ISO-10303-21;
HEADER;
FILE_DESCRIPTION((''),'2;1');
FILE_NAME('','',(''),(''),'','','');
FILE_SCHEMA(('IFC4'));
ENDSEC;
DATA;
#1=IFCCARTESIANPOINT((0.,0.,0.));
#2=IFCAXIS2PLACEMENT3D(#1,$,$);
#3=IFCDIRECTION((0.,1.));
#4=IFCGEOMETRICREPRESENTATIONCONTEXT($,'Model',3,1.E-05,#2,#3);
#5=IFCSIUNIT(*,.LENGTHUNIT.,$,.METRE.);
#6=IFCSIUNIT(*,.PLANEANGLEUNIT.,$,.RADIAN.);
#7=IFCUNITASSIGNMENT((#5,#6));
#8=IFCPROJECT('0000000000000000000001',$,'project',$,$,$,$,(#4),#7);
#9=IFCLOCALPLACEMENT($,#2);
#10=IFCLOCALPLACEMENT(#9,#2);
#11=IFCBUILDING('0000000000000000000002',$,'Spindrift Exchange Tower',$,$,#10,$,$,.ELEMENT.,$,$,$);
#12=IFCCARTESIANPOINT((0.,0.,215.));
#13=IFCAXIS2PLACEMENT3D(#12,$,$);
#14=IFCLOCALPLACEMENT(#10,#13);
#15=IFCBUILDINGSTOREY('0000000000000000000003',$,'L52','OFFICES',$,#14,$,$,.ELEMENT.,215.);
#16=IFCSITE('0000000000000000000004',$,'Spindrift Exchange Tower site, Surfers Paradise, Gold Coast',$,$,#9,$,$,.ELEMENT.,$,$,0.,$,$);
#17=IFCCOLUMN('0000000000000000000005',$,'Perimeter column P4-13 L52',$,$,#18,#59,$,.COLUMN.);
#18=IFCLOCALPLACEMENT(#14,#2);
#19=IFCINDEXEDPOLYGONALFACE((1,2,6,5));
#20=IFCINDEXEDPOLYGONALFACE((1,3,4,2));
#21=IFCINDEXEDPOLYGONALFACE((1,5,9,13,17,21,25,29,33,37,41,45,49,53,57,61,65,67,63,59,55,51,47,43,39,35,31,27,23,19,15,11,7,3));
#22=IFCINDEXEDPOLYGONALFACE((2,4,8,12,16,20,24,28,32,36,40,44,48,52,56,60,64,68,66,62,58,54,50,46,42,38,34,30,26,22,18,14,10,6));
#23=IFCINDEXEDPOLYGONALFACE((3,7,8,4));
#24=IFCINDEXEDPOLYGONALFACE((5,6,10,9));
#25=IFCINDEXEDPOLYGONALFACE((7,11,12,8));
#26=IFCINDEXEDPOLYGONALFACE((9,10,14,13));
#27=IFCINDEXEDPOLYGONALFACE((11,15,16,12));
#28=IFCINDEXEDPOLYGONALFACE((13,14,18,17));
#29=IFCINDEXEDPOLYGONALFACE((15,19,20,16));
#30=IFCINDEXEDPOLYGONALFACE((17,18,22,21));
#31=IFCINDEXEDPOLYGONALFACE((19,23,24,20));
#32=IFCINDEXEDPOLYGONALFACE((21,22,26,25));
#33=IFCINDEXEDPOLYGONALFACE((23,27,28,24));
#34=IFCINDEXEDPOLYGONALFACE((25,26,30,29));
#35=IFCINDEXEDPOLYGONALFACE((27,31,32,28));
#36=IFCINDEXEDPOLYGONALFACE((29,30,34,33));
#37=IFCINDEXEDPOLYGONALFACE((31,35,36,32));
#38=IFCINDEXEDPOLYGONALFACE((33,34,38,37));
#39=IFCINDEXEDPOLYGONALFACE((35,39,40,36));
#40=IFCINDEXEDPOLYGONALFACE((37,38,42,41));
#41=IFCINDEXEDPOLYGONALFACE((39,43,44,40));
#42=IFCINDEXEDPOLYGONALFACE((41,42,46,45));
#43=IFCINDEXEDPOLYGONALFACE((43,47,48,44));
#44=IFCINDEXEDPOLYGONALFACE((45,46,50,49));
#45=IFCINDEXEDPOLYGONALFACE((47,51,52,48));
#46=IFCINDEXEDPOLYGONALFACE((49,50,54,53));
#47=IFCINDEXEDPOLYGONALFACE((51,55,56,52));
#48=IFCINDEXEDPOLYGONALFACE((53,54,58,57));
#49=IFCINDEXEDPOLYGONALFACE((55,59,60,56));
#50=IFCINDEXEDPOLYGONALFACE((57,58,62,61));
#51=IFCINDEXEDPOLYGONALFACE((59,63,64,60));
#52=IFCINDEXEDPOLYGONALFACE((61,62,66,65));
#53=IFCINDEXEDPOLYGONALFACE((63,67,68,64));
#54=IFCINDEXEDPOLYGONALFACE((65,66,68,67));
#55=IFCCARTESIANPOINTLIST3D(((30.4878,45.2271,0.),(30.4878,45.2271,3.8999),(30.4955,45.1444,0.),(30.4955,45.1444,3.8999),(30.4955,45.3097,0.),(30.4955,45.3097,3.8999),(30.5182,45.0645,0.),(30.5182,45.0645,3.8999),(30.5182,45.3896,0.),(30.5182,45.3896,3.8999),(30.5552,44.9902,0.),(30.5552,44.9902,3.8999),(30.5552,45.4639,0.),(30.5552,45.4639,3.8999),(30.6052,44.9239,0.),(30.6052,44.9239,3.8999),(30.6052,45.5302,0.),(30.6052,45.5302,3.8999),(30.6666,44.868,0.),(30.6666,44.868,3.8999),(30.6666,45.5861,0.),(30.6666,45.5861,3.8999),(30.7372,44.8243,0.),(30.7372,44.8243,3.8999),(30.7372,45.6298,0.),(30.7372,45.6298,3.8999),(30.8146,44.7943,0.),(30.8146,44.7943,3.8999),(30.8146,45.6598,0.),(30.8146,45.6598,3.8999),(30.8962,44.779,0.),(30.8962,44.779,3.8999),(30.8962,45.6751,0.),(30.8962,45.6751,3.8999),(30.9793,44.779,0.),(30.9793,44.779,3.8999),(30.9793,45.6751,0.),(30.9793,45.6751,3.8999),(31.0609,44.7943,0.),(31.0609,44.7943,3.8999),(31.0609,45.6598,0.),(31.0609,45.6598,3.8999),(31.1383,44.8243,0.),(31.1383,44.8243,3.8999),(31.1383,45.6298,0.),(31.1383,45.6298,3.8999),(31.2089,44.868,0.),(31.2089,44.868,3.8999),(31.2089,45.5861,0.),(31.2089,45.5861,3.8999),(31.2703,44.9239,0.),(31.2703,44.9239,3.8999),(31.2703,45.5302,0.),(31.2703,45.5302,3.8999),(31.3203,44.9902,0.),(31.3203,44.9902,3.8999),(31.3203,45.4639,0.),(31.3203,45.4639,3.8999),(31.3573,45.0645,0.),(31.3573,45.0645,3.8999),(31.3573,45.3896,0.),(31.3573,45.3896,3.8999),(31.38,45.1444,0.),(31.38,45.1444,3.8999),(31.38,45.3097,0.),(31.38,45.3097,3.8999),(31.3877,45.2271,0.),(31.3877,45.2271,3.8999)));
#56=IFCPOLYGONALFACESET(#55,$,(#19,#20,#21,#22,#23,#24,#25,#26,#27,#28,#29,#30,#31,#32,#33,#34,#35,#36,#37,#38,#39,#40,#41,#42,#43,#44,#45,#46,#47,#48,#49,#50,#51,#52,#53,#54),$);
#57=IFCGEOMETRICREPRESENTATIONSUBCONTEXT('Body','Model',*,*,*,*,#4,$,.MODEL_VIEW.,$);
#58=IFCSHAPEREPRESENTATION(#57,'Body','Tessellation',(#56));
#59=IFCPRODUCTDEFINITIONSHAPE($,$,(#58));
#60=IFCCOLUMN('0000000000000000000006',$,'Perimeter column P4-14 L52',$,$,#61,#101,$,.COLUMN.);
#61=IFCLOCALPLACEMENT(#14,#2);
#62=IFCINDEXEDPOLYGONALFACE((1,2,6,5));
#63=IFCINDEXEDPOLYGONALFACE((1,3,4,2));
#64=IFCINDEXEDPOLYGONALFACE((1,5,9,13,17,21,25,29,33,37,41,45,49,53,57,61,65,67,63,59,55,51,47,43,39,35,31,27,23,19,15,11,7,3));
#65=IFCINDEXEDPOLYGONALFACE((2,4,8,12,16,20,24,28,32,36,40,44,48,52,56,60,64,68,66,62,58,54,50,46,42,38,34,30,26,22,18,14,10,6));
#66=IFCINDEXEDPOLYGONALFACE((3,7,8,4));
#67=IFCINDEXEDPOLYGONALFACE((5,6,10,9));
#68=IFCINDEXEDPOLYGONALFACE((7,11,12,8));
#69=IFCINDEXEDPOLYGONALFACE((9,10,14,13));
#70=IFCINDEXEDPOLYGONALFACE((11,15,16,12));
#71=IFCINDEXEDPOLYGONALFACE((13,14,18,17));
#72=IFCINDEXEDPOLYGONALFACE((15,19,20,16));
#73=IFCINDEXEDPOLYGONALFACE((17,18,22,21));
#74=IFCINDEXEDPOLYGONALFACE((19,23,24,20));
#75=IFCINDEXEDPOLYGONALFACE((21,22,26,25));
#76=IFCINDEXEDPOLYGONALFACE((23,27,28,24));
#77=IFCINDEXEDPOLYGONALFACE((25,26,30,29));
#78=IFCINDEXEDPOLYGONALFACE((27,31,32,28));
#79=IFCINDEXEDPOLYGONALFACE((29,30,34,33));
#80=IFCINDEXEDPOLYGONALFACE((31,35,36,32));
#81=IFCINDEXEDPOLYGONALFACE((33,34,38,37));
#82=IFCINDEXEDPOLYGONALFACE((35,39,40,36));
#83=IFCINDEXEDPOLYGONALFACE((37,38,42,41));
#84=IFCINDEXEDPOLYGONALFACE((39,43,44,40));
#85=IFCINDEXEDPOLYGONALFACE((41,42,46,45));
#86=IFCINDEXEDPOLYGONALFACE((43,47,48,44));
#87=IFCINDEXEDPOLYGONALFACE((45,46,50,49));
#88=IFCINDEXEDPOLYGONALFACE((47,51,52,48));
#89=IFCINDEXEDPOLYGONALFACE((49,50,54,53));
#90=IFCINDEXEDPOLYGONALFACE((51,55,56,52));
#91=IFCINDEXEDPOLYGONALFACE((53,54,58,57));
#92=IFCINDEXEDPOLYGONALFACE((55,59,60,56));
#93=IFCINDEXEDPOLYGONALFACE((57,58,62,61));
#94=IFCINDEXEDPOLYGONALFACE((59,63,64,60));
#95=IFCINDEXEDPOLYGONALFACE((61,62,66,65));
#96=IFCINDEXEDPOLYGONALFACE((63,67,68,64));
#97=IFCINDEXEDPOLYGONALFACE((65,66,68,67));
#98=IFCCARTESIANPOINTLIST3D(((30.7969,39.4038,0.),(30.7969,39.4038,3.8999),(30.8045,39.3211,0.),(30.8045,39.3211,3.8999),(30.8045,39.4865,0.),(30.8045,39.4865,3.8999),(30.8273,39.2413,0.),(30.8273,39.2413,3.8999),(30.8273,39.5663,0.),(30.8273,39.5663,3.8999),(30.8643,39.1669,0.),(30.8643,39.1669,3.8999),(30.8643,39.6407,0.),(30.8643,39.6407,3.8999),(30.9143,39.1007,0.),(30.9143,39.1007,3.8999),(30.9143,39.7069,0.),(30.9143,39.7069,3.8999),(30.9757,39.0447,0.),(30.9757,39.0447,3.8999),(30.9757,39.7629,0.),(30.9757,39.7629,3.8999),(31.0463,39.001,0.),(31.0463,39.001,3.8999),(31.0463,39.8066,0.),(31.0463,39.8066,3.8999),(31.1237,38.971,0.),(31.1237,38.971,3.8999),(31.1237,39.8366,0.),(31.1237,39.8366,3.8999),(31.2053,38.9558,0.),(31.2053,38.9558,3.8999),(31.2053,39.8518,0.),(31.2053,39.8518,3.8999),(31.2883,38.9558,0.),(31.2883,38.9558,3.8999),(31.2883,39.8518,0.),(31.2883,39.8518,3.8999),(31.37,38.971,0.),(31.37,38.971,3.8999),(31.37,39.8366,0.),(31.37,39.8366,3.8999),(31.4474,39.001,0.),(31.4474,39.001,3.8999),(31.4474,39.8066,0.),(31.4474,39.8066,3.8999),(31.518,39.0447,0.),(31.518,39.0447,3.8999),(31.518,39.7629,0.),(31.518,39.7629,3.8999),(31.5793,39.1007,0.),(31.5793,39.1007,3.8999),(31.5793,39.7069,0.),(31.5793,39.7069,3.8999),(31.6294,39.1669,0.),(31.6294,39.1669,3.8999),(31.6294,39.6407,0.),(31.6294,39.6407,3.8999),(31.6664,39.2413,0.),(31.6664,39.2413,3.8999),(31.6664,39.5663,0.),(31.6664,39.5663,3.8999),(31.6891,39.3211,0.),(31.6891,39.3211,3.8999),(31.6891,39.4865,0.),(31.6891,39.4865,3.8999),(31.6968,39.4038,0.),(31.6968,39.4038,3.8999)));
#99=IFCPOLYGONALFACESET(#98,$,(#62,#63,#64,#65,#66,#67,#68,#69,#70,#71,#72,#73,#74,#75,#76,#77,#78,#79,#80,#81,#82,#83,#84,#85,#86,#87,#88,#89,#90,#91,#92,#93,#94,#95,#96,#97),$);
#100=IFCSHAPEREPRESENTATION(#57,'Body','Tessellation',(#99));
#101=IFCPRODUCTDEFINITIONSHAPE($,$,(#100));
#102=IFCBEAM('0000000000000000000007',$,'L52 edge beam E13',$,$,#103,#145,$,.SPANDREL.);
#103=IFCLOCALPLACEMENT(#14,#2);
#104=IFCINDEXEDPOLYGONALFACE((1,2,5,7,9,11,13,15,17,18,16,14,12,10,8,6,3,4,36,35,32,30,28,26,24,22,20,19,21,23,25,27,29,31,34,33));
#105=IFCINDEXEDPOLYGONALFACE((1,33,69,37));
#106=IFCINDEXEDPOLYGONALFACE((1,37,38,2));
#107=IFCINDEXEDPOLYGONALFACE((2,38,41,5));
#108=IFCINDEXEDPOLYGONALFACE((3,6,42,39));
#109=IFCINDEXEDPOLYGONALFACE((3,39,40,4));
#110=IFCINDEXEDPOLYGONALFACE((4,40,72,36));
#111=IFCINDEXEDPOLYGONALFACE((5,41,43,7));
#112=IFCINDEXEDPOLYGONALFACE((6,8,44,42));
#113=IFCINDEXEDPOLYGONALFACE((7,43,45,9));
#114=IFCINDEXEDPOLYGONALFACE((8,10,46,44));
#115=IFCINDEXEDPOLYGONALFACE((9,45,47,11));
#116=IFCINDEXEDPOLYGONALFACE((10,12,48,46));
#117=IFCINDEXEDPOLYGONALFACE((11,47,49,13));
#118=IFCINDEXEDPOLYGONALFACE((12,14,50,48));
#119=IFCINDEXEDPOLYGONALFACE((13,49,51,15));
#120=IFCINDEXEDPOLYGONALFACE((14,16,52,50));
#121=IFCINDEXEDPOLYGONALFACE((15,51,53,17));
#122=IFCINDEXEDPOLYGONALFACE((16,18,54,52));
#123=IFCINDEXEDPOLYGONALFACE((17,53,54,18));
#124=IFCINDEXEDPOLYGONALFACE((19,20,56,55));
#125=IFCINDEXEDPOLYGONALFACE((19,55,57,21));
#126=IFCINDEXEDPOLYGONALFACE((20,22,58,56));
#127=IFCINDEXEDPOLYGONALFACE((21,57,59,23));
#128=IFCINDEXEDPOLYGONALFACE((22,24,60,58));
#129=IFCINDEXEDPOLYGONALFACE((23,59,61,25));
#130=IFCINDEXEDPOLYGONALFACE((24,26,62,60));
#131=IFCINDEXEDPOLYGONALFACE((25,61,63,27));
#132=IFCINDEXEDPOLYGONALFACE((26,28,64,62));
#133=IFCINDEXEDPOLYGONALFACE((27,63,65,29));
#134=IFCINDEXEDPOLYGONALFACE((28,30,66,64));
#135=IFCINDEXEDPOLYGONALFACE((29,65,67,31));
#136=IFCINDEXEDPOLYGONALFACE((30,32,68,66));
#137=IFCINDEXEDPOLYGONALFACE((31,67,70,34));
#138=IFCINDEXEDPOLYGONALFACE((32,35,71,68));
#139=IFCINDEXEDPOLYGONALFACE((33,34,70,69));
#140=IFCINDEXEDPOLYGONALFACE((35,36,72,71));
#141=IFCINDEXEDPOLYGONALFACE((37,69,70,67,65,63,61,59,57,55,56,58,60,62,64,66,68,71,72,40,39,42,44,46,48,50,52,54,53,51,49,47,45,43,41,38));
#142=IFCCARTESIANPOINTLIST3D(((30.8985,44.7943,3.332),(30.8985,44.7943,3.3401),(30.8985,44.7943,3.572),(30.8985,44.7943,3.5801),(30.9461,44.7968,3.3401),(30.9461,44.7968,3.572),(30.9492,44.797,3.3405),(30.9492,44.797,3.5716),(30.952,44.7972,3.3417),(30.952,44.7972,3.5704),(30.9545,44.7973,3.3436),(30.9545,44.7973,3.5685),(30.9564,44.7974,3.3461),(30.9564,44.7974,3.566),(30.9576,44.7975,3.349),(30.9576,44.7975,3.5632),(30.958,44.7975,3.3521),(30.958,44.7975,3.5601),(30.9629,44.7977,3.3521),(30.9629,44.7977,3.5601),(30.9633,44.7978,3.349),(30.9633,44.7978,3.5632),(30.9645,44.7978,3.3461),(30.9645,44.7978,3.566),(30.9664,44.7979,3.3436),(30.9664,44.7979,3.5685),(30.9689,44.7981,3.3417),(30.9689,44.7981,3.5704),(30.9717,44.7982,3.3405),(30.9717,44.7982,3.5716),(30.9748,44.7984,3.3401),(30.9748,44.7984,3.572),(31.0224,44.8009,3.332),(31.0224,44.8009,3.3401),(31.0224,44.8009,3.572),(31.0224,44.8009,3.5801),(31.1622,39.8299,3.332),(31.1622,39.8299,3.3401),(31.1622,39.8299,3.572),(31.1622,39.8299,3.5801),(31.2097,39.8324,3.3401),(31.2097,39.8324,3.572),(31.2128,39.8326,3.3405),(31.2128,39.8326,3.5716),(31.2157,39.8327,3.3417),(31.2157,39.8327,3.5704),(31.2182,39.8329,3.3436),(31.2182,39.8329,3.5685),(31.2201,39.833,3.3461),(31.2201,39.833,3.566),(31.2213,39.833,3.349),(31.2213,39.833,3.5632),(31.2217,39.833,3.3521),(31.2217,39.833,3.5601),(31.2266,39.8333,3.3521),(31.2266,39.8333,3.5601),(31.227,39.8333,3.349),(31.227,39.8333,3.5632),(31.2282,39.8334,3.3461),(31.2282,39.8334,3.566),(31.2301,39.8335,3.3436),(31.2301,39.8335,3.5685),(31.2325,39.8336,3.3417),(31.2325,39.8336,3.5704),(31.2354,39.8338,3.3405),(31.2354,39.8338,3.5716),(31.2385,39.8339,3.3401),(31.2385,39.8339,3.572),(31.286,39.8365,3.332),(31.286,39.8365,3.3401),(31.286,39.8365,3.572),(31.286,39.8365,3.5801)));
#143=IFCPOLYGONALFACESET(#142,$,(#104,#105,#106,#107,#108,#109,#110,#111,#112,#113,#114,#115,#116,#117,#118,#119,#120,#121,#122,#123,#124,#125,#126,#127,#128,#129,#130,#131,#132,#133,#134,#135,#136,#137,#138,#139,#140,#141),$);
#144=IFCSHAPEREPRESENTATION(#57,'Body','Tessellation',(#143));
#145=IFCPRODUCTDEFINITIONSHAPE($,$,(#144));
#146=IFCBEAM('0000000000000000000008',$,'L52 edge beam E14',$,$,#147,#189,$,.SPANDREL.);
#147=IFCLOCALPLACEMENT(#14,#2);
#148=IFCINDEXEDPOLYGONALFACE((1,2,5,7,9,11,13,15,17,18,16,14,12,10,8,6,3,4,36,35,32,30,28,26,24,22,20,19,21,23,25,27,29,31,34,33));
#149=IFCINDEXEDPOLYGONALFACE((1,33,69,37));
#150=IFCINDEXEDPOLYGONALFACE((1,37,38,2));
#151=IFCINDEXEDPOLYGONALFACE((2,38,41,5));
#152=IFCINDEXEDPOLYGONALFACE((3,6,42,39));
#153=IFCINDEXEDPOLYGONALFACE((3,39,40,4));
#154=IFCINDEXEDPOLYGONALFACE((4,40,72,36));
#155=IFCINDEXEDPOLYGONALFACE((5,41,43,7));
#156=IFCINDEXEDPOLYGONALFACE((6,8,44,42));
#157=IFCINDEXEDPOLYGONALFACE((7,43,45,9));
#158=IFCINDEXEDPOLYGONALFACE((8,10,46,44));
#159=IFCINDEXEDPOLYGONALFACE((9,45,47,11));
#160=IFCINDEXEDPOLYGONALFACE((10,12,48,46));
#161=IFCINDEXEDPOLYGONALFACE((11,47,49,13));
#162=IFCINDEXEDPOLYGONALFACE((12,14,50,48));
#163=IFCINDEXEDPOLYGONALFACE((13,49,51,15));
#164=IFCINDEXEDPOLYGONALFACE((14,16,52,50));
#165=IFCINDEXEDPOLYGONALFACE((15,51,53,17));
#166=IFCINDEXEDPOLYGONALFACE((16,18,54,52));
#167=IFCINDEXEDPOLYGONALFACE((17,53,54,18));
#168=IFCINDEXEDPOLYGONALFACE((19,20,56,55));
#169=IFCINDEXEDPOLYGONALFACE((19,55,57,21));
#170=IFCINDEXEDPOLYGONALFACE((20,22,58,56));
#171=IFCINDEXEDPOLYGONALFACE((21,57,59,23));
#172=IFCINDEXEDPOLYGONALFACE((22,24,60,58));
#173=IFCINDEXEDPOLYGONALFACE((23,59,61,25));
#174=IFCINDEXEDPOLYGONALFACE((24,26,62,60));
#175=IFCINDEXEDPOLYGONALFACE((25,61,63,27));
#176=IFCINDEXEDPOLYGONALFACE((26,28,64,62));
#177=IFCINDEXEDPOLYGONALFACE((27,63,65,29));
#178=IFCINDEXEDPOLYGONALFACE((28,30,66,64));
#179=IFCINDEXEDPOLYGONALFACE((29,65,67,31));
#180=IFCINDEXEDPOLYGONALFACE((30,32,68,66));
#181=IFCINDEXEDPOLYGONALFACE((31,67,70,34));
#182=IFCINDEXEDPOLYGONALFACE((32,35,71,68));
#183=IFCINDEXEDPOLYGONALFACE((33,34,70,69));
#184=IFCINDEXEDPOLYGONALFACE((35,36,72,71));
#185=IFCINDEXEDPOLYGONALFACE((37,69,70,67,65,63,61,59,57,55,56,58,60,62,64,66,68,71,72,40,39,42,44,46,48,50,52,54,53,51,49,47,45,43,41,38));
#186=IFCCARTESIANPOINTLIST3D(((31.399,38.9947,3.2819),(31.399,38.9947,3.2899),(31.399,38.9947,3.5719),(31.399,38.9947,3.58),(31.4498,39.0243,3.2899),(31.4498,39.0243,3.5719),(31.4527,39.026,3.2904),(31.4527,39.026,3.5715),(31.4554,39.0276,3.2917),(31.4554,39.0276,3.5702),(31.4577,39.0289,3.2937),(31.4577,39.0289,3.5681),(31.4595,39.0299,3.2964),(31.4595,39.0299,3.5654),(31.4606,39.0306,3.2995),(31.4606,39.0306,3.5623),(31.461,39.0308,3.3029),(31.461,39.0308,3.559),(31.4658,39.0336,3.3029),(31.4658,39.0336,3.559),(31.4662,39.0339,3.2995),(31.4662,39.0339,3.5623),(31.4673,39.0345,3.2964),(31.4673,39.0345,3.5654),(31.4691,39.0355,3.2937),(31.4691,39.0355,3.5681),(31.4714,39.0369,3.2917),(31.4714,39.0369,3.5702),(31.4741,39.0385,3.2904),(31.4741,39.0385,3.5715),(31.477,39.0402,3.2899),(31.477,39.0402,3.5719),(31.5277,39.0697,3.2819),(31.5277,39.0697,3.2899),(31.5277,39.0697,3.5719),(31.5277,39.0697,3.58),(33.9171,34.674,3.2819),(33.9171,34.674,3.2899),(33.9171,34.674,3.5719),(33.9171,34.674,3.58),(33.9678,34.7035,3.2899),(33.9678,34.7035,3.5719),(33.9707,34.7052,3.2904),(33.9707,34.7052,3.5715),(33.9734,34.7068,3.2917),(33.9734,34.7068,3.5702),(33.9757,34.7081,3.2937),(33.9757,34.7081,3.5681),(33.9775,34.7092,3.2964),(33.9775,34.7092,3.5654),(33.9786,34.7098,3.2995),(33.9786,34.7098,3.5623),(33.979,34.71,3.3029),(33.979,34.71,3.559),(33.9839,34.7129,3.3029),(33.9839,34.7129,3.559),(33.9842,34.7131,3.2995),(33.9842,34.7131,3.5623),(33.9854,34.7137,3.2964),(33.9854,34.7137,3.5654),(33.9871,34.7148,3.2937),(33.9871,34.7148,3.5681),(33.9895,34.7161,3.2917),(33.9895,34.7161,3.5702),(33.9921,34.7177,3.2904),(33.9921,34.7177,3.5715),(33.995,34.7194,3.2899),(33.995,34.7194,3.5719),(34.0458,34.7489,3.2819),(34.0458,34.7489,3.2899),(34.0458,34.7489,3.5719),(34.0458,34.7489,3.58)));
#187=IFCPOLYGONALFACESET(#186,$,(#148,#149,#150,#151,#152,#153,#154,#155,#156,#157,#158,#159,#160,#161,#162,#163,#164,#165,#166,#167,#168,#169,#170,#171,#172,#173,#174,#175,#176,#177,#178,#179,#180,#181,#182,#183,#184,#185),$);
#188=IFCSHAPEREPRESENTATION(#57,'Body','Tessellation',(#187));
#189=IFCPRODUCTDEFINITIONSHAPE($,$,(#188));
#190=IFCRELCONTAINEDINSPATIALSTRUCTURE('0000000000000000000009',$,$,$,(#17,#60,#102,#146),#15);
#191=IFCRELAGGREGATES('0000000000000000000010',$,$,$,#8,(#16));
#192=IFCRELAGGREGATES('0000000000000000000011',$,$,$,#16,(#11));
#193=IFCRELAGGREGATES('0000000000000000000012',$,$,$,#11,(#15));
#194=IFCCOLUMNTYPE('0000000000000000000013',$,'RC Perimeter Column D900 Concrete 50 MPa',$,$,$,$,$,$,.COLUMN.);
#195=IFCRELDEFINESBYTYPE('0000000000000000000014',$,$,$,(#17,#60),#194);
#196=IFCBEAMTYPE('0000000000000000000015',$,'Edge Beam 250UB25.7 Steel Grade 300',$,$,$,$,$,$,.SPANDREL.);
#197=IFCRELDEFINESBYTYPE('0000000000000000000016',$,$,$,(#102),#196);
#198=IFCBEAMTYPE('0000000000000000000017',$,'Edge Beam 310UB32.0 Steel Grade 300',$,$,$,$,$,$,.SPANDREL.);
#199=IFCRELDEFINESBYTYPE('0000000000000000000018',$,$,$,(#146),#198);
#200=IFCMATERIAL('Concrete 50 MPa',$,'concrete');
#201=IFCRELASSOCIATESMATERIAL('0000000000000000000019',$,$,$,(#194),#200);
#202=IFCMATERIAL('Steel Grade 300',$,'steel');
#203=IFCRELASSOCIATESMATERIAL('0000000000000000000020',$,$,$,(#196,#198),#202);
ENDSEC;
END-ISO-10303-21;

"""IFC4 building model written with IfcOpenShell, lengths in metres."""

from ifc_helpers import new_model, si_unit, direction, frame, origin, origin_2d, place, context, subcontext, project, spatial, circle, i_section, extrude, source, transform, mapped, material, material_profile, profile_set, type_object, element, save


model = new_model("IFC4")

# Units and contexts
model_context = context("Model", 3, precision=1e-05, world=origin(), true_north=direction((0.0, 1.0)))
body_context = subcontext(model_context, "Body", "Model", "MODEL_VIEW")
ifc_project = project(units=[si_unit("LENGTHUNIT", "METRE"), si_unit("PLANEANGLEUNIT", "RADIAN")], contexts=[model_context])

# Site, building, storey
site_placement = place(None, origin())
site = spatial("IfcSite", under=ifc_project, at=site_placement, Name="Spindrift Exchange Tower site, Surfers Paradise, Gold Coast", CompositionType="ELEMENT", RefElevation=0.0)
building_placement = place(site_placement, origin())
building = spatial("IfcBuilding", under=site, at=building_placement, Name="Spindrift Exchange Tower", CompositionType="ELEMENT")
storey_placement = place(building_placement, frame((0.0, 0.0, 215.0)))
storey = spatial("IfcBuildingStorey", under=building, at=storey_placement, Name="L52", Description="OFFICES", CompositionType="ELEMENT", Elevation=215.0)

# Columns
ifc_material_1 = material(Name="Concrete 50 MPa", Category="concrete")
ifc_material_profile_1 = material_profile(ifc_material_1, circle(Radius=0.45, at=origin_2d()), Name="RC D900")
ifc_profile_set_1 = profile_set([ifc_material_profile_1], Name="Concrete 50 MPa")
column_type = type_object("IfcColumnType", Name="RC Perimeter Column D900 Concrete 50 MPa", PredefinedType="COLUMN", material=ifc_profile_set_1)
shared_shape_1 = source(origin(), body_context, "Body", "SweptSolid", [
    extrude(circle(Radius=0.45, at=origin_2d()), origin(), (0.0, 0.0, 1.0), 3.8999),
])
for number, where, z_axis, x_axis, name in (
    (1, (30.9377, 45.2271, 0.0), (0.0, 0.0, 1.0), (1.0, 0.0, 0.0), "Perimeter column P4-13 L52"),
    (2, (31.2468, 39.4038, 0.0), (0.0, 0.0, 1.0), (1.0, 0.0, 0.0), "Perimeter column P4-14 L52"),
):
    element("IfcColumn", number, at=place(storey_placement, frame(where, z_axis=z_axis, x_axis=x_axis)), inside=storey, type_object=column_type, Name=name, PredefinedType="COLUMN", context=body_context, shape_type="MappedRepresentation", body=[
        mapped(shared_shape_1, transform((0.0, 0.0, 0.0), scale=1.0)),
    ])

# Beams
ifc_material_2 = material(Name="Steel Grade 300", Category="steel")
ifc_material_profile_2 = material_profile(ifc_material_2, i_section(OverallWidth=0.124, OverallDepth=0.248, WebThickness=0.0049, FlangeThickness=0.0081, FilletRadius=0.012, at=origin_2d()), Name="250UB25.7")
ifc_profile_set_2 = profile_set([ifc_material_profile_2], Name="Steel Grade 300")
beam_type_1 = type_object("IfcBeamType", Name="Edge Beam 250UB25.7 Steel Grade 300", PredefinedType="SPANDREL", material=ifc_profile_set_2)
shared_shape_2 = source(origin(), body_context, "Body", "SweptSolid", [
    extrude(i_section(OverallWidth=0.124, OverallDepth=0.248, WebThickness=0.0049, FlangeThickness=0.0081, FilletRadius=0.012, at=origin_2d()), origin(), (0.0, 0.0, 1.0), 4.9714),
])
beam_1_placement = place(storey_placement, frame((30.9604, 44.7976, 3.4561), z_axis=(0.053038, -0.998592, 0.0), x_axis=(0.998592, 0.053038, 0.0)))
element("IfcBeam", 3, at=beam_1_placement, inside=storey, type_object=beam_type_1, Name="L52 edge beam E13", PredefinedType="SPANDREL", context=body_context, shape_type="MappedRepresentation", body=[
    mapped(shared_shape_2, transform((0.0, 0.0, 0.0), scale=1.0)),
])
ifc_material_profile_3 = material_profile(ifc_material_2, i_section(OverallWidth=0.1489, OverallDepth=0.2981, WebThickness=0.0056, FlangeThickness=0.0081, FilletRadius=0.0129, at=origin_2d()), Name="310UB32.0")
ifc_profile_set_3 = profile_set([ifc_material_profile_3], Name="Steel Grade 300")
beam_type_2 = type_object("IfcBeamType", Name="Edge Beam 310UB32.0 Steel Grade 300", PredefinedType="SPANDREL", material=ifc_profile_set_3)
shared_shape_3 = source(origin(), body_context, "Body", "SweptSolid", [
    extrude(i_section(OverallWidth=0.1489, OverallDepth=0.2981, WebThickness=0.0056, FlangeThickness=0.0081, FilletRadius=0.0129, at=origin_2d()), origin(), (0.0, 0.0, 1.0), 5.001),
])
beam_2_placement = place(storey_placement, frame((31.4634, 39.0322, 3.4309), z_axis=(0.503513, -0.863988, 0.0), x_axis=(0.863988, 0.503513, 0.0)))
element("IfcBeam", 4, at=beam_2_placement, inside=storey, type_object=beam_type_2, Name="L52 edge beam E14", PredefinedType="SPANDREL", context=body_context, shape_type="MappedRepresentation", body=[
    mapped(shared_shape_3, transform((0.0, 0.0, 0.0), scale=1.0)),
])

save(model, "model.ifc")
